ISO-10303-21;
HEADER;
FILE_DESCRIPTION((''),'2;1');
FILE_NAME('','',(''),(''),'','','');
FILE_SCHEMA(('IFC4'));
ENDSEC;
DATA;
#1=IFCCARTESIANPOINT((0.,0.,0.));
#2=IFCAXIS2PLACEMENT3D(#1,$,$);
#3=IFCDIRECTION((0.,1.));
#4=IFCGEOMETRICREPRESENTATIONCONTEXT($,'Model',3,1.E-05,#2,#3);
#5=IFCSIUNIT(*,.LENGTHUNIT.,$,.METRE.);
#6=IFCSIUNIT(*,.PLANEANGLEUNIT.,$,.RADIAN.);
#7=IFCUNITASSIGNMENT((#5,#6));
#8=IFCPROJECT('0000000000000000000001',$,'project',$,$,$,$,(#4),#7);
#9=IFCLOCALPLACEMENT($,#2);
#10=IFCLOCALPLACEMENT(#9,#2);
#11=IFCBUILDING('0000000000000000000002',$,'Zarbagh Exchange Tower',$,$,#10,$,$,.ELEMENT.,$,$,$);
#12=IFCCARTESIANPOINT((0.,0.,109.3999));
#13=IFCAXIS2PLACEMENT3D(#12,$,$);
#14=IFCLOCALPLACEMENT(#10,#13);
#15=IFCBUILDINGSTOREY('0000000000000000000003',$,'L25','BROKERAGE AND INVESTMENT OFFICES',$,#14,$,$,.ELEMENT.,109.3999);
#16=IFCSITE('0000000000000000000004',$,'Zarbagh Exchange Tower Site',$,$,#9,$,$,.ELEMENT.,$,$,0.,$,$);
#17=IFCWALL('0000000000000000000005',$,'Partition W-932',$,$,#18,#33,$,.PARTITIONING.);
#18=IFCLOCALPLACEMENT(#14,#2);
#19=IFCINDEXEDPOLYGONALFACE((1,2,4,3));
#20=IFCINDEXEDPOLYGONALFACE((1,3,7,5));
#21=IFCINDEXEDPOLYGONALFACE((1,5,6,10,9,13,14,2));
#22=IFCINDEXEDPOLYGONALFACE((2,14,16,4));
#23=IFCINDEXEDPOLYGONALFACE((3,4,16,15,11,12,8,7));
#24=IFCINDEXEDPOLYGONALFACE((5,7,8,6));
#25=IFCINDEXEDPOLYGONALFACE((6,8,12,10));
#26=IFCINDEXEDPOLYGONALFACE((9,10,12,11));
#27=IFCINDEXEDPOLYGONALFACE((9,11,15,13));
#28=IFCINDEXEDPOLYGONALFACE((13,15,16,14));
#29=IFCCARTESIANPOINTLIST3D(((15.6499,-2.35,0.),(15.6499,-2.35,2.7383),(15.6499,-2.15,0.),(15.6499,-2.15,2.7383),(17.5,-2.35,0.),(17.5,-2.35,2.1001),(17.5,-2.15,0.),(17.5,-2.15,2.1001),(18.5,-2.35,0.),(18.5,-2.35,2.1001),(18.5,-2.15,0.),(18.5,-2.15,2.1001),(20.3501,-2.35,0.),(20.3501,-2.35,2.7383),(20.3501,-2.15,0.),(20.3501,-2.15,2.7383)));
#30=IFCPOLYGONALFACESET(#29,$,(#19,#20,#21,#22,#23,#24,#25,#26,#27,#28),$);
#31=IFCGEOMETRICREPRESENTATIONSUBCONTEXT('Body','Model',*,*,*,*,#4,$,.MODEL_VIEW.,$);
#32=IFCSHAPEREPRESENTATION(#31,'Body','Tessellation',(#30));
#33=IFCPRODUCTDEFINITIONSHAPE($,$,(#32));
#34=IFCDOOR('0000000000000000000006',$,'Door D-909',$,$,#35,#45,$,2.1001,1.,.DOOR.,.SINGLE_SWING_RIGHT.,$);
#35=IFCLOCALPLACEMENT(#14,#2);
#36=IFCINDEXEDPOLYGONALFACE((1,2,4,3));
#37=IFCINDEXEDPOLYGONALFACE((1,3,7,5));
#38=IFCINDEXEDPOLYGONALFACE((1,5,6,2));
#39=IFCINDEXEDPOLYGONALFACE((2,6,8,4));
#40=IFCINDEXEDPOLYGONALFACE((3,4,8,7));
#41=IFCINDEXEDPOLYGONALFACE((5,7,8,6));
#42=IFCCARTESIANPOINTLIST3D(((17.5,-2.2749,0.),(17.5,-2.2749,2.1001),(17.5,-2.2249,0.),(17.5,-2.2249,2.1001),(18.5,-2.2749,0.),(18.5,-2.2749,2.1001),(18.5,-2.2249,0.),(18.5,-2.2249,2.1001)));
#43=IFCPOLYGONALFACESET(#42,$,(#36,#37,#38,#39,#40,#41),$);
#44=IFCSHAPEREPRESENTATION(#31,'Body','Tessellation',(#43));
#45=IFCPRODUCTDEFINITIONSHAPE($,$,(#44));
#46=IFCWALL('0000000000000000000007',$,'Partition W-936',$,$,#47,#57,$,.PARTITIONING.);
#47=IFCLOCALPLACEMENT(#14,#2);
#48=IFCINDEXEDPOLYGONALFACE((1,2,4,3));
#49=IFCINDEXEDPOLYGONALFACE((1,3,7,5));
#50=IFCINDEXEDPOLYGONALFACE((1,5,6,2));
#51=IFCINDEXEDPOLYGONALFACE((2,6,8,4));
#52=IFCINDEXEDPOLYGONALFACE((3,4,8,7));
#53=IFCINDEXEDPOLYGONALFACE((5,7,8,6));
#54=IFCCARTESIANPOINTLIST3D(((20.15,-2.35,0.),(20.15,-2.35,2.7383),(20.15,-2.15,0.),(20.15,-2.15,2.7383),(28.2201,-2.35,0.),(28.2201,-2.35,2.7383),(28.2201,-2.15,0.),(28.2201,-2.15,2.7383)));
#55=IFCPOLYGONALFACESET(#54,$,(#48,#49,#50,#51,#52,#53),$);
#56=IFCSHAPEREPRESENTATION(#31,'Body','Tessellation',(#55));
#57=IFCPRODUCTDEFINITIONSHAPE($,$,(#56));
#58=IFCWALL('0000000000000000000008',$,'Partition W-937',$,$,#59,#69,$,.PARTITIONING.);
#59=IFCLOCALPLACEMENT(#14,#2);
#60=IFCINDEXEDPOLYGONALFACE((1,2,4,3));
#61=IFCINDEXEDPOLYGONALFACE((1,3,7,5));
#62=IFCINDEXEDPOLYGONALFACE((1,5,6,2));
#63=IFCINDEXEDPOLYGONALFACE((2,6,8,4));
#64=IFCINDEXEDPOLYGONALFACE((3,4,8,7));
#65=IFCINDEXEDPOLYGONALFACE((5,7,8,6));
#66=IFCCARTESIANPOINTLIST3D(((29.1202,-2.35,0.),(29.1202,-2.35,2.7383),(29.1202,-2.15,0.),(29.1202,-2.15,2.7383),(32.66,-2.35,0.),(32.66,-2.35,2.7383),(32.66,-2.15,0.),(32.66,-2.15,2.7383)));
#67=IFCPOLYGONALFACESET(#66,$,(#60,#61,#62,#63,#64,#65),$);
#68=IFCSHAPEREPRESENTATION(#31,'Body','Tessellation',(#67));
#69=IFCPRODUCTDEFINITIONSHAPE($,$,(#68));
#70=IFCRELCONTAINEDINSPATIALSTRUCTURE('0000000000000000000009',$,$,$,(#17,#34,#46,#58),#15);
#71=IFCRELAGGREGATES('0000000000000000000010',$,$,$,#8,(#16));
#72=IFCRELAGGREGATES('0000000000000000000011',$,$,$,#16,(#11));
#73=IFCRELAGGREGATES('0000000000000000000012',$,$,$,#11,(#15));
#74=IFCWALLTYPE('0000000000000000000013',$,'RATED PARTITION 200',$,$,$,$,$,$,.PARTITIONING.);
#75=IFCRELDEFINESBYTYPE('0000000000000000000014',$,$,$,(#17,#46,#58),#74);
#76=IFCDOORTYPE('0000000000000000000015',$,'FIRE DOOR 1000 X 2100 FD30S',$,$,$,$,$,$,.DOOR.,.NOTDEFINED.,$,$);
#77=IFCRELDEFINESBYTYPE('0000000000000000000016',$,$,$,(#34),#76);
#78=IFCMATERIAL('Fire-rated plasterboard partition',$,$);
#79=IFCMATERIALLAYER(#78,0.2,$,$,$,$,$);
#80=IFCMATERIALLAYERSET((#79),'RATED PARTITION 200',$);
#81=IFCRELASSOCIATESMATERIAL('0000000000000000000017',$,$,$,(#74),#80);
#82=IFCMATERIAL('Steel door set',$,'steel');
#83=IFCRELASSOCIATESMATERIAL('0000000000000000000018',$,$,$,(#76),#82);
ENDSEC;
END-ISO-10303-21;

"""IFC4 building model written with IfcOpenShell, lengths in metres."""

from ifc_helpers import new_model, si_unit, direction, frame, frame_2d, origin, place, context, subcontext, project, spatial, rectangle, extrude, material, layer, layer_set, type_object, element, fill, save


model = new_model("IFC4")

# Units and contexts
model_context = context("Model", 3, precision=1e-05, world=origin(), true_north=direction((0.0, 1.0)))
body_context = subcontext(model_context, "Body", "Model", "MODEL_VIEW")
ifc_project = project(units=[si_unit("LENGTHUNIT", "METRE"), si_unit("PLANEANGLEUNIT", "RADIAN")], contexts=[model_context])

# Site, building, storey
site_placement = place(None, origin())
site = spatial("IfcSite", under=ifc_project, at=site_placement, Name="Zarbagh Exchange Tower Site", CompositionType="ELEMENT", RefElevation=0.0)
building_placement = place(site_placement, origin())
building = spatial("IfcBuilding", under=site, at=building_placement, Name="Zarbagh Exchange Tower", CompositionType="ELEMENT")
storey_placement = place(building_placement, frame((0.0, 0.0, 109.3999)))
storey = spatial("IfcBuildingStorey", under=building, at=storey_placement, Name="L25", Description="BROKERAGE AND INVESTMENT OFFICES", CompositionType="ELEMENT", Elevation=109.3999)

# Shared definitions
ifc_material_1 = material(Name="Fire-rated plasterboard partition")
ifc_layer = layer(ifc_material_1, 0.2)
ifc_layer_set = layer_set([ifc_layer], Name="RATED PARTITION 200")
wall_type = type_object("IfcWallType", Name="RATED PARTITION 200", PredefinedType="PARTITIONING", material=ifc_layer_set)

# Shared definitions
ifc_material_2 = material(Name="Steel door set", Category="steel")
door_type = type_object("IfcDoorType", Name="FIRE DOOR 1000 X 2100 FD30S", OperationType="NOTDEFINED", PredefinedType="DOOR", material=ifc_material_2)

# Wall, opening, door
wall_1_placement = place(storey_placement, frame((20.3501, -2.25, 0.0), z_axis=(0.0, 0.0, 1.0), x_axis=(-1.0, 0.0, 0.0)))
wall_1 = element("IfcWall", 1, at=wall_1_placement, inside=storey, type_object=wall_type, Name="Partition W-932", PredefinedType="PARTITIONING", context=body_context, shape_type="SweptSolid", body=[
    extrude(rectangle(XDim=4.7002, YDim=0.2, at=frame_2d((2.3501, 0.0))), origin(), (0.0, 0.0, 1.0), 2.7383),
])
opening_1_placement = place(wall_1_placement, frame((1.8501, 0.0, 0.0)))
opening_1 = element("IfcOpeningElement", 2, at=opening_1_placement, cuts=wall_1, PredefinedType="OPENING", context=body_context, shape_type="SweptSolid", body=[
    extrude(rectangle(XDim=1.0, YDim=2.1001, at=frame_2d((0.5, 1.05))), frame((0.0, 0.1099, 0.0), z_axis=(0.0, -1.0, 0.0), x_axis=(1.0, 0.0, 0.0)), (0.0, 0.0, 1.0), 0.22),
])
door_1_placement = place(opening_1_placement, origin())
door_1 = element("IfcDoor", 3, at=door_1_placement, inside=storey, type_object=door_type, Name="Door D-909", OperationType="SINGLE_SWING_RIGHT", OverallHeight=2.1001, OverallWidth=1.0, PredefinedType="DOOR", context=body_context, shape_type="SweptSolid", body=[
    extrude(rectangle(XDim=1.0, YDim=2.1001, at=frame_2d((0.5, 1.05))), frame((0.0, 0.0249, 0.0), z_axis=(0.0, -1.0, 0.0), x_axis=(1.0, 0.0, 0.0)), (0.0, 0.0, 1.0), 0.05),
])
fill(opening_1, door_1)

# Walls
wall_2_placement = place(storey_placement, frame((20.1499, -2.25, 0.0), z_axis=(0.0, 0.0, 1.0), x_axis=(1.0, 0.0, 0.0)))
element("IfcWall", 4, at=wall_2_placement, inside=storey, type_object=wall_type, Name="Partition W-936", PredefinedType="PARTITIONING", context=body_context, shape_type="SweptSolid", body=[
    extrude(rectangle(XDim=8.0701, YDim=0.2, at=frame_2d((4.0352, 0.0))), origin(), (0.0, 0.0, 1.0), 2.7383),
])
wall_3_placement = place(storey_placement, frame((29.1201, -2.25, 0.0), z_axis=(0.0, 0.0, 1.0), x_axis=(1.0, 0.0, 0.0)))
element("IfcWall", 5, at=wall_3_placement, inside=storey, type_object=wall_type, Name="Partition W-937", PredefinedType="PARTITIONING", context=body_context, shape_type="SweptSolid", body=[
    extrude(rectangle(XDim=3.5398, YDim=0.2, at=frame_2d((1.77, 0.0))), origin(), (0.0, 0.0, 1.0), 2.7383),
])

save(model, "model.ifc")
